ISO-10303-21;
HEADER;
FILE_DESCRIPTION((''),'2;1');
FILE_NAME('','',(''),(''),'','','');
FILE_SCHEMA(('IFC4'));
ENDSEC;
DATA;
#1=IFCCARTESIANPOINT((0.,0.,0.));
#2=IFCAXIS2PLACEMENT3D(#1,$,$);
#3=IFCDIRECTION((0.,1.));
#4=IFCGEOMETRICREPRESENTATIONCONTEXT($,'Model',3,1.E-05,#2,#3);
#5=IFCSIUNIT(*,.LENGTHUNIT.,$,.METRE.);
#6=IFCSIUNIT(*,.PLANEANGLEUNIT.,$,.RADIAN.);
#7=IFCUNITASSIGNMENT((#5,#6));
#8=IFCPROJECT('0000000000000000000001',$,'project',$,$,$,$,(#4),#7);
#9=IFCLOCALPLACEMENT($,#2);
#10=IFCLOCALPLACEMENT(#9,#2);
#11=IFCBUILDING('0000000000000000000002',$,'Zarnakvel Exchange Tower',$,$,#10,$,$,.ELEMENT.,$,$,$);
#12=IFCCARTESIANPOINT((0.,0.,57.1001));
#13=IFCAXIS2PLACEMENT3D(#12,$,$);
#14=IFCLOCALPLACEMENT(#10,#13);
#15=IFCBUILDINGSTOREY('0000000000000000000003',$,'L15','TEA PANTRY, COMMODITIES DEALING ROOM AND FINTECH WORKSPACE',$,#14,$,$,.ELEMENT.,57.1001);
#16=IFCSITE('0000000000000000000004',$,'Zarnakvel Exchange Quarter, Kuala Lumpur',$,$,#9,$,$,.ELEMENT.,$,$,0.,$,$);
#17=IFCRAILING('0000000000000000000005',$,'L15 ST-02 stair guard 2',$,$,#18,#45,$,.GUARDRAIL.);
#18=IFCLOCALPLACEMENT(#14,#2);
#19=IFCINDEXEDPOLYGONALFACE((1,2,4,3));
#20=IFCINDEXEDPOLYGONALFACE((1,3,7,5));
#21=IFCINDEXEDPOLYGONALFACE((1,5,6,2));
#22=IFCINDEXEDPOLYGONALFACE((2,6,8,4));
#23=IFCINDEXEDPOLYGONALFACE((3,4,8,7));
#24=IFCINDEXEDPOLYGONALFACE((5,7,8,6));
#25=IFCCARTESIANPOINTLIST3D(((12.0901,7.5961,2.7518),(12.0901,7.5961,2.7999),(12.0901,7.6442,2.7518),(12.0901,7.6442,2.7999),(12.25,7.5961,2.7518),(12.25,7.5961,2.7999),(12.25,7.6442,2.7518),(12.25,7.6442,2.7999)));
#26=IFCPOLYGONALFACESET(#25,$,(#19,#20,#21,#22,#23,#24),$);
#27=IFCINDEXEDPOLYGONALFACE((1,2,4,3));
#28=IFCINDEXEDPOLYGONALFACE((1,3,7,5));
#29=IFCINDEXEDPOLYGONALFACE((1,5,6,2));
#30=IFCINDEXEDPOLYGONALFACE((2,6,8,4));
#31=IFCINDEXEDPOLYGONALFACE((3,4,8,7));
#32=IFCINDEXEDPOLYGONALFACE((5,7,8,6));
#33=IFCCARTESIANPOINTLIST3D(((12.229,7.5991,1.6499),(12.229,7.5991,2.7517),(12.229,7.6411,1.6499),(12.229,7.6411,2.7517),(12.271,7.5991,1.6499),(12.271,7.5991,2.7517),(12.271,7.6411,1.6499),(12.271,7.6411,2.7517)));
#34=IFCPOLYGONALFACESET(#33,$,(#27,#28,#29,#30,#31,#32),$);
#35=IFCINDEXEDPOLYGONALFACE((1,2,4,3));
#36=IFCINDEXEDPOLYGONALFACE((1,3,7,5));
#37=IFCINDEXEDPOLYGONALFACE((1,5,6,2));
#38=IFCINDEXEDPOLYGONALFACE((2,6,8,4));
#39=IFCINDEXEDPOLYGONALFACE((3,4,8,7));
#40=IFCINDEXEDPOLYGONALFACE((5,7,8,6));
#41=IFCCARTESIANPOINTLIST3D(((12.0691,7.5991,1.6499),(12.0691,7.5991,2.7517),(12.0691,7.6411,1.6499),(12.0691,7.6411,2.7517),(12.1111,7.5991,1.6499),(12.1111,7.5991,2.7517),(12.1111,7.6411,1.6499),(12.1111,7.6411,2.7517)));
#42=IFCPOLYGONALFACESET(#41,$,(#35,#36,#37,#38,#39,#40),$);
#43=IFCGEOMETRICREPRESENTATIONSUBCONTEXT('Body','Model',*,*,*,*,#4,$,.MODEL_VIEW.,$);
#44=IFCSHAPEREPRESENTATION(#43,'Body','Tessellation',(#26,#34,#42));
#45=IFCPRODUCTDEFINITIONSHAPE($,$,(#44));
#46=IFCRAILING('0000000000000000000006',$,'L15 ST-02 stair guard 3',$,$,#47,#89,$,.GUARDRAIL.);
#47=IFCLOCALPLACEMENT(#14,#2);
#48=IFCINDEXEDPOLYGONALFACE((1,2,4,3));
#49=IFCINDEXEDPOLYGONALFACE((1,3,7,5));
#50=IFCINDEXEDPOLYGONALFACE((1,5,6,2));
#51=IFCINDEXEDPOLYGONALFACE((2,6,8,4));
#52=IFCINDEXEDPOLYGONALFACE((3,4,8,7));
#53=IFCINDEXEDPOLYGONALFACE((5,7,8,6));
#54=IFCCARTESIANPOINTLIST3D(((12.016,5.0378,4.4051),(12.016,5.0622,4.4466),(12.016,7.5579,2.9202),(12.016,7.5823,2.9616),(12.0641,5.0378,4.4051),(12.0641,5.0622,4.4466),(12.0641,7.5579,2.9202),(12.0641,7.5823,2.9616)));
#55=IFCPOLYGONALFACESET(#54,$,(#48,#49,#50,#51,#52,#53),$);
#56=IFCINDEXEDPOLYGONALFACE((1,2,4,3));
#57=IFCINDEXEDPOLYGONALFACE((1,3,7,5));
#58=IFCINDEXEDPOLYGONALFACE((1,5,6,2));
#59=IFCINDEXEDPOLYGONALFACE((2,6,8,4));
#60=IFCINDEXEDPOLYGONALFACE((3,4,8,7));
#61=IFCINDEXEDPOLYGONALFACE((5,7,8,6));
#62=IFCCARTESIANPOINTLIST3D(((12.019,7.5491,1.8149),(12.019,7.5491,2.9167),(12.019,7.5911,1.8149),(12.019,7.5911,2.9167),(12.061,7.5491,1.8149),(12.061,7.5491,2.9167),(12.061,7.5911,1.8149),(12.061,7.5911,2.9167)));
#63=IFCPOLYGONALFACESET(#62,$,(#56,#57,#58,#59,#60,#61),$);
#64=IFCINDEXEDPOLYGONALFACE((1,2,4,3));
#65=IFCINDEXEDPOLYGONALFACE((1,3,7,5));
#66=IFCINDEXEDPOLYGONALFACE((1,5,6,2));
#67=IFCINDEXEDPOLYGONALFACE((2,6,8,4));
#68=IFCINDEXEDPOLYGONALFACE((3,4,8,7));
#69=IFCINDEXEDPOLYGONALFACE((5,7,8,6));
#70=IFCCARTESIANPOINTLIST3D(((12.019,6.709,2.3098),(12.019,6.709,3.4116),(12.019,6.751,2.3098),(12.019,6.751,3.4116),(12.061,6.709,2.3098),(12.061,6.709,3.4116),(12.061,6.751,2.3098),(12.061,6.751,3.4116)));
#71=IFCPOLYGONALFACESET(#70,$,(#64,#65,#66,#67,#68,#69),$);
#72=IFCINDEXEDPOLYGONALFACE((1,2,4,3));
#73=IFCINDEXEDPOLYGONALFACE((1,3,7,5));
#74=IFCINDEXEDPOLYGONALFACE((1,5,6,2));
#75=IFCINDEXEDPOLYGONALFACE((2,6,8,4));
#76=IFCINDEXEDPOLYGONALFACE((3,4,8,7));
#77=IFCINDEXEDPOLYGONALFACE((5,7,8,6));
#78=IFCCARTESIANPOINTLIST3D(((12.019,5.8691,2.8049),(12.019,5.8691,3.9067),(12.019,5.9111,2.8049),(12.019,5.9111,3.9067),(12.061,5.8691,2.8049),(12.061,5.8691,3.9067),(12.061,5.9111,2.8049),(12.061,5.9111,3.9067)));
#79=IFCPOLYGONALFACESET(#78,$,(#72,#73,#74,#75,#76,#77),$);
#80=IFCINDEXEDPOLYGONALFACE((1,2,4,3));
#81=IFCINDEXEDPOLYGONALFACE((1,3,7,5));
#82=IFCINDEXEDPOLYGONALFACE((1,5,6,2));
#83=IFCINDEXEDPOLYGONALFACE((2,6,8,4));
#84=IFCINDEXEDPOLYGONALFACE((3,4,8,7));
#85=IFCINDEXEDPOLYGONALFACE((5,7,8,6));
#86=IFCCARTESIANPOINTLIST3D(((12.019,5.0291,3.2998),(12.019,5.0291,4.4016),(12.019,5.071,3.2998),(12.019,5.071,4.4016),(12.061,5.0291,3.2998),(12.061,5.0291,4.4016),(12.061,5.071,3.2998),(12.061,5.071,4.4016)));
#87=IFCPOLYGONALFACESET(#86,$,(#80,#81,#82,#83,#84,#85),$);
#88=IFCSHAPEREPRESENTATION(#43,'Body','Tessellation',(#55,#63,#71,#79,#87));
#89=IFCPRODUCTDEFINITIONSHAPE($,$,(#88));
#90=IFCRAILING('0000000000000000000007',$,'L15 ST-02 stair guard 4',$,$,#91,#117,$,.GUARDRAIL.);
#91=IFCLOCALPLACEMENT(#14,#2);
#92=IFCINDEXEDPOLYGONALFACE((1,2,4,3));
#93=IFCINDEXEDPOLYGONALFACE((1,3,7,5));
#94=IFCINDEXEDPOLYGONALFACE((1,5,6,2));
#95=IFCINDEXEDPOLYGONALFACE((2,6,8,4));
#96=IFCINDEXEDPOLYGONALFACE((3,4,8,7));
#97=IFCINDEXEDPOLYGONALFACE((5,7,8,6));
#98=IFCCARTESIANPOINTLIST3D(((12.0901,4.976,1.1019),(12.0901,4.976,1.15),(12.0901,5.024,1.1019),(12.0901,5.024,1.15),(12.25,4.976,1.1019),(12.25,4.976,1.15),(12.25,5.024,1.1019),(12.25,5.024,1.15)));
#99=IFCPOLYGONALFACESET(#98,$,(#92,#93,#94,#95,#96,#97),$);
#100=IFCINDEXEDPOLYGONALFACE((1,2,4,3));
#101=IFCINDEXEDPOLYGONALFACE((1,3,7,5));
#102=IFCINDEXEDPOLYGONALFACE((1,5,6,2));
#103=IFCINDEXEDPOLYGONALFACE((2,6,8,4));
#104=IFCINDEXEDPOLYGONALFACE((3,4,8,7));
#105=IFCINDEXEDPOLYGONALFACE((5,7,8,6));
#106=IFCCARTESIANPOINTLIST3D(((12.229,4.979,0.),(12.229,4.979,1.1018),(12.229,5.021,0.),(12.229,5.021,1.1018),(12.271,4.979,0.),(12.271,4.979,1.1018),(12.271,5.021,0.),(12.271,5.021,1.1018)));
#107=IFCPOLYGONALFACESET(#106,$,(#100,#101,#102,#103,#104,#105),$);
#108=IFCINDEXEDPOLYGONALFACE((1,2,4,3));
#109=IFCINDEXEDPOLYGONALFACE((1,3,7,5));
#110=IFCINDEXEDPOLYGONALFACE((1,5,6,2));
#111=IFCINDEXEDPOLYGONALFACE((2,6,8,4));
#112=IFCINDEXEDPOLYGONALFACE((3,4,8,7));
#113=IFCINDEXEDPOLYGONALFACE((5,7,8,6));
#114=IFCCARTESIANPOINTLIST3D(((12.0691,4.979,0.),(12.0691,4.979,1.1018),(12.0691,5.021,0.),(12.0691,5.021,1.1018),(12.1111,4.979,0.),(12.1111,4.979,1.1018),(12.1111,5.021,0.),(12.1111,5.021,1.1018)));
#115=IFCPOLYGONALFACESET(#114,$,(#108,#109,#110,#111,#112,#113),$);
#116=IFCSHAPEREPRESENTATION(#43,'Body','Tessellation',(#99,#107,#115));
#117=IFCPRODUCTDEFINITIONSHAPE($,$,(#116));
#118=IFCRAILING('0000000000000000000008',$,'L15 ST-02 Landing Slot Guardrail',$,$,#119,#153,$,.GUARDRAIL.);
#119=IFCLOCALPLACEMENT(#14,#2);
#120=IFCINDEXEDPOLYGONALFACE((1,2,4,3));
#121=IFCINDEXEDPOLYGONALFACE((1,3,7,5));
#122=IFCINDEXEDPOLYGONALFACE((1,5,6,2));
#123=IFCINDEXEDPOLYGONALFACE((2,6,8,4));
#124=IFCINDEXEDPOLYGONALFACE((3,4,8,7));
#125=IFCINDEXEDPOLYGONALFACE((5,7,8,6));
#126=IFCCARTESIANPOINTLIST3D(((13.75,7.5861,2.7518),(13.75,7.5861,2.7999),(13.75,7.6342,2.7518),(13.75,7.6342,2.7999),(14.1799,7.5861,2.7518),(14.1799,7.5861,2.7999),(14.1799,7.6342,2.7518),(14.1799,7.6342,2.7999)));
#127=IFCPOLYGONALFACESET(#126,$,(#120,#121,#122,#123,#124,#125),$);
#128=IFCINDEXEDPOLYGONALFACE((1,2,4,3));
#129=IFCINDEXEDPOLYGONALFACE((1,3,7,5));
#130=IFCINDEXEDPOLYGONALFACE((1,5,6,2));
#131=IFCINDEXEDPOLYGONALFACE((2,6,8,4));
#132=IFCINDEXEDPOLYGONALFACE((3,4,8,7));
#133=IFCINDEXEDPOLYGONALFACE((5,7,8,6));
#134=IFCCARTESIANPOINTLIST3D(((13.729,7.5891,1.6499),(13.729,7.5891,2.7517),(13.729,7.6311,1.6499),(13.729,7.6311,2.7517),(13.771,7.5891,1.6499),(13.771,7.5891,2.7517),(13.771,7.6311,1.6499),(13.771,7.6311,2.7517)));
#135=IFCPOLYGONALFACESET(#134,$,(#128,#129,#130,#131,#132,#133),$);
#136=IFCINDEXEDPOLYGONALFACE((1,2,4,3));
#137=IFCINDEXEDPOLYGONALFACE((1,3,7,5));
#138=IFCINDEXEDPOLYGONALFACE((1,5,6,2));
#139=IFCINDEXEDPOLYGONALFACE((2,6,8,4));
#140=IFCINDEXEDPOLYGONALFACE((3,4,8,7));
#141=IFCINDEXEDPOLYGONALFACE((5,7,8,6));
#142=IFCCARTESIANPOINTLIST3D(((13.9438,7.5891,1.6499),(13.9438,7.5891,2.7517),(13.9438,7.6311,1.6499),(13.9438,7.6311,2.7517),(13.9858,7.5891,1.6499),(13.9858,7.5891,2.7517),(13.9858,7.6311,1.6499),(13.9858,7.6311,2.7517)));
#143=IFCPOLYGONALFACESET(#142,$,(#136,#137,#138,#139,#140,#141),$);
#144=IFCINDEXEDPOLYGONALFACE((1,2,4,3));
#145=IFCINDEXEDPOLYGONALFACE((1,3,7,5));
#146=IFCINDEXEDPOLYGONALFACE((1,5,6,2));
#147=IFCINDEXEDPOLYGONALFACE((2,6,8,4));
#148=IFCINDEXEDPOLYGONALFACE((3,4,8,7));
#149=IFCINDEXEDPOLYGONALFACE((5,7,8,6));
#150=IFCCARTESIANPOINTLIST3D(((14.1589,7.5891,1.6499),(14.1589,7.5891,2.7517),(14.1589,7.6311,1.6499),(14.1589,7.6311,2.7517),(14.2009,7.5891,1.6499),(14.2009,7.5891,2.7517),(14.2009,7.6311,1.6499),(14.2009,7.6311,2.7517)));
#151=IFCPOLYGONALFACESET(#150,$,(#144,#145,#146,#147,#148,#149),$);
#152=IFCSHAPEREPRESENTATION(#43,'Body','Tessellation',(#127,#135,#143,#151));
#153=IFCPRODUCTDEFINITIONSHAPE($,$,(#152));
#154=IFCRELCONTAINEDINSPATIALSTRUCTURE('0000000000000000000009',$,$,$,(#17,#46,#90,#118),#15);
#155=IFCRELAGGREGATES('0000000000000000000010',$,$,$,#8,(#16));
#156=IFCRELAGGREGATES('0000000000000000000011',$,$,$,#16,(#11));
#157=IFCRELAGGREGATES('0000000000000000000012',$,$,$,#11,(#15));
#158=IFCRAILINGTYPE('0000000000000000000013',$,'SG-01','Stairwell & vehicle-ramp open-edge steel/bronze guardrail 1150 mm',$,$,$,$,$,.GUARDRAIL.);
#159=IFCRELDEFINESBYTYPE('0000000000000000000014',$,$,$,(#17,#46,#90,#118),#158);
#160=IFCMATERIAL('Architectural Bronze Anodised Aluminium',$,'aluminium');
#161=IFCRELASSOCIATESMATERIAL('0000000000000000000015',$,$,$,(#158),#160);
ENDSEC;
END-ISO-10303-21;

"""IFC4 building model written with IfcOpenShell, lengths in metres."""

from ifc_helpers import new_model, si_unit, direction, frame, origin, origin_2d, place, context, subcontext, project, spatial, rectangle, extrude, material, type_object, element, save


model = new_model("IFC4")

# Units and contexts
model_context = context("Model", 3, precision=1e-05, world=origin(), true_north=direction((0.0, 1.0)))
body_context = subcontext(model_context, "Body", "Model", "MODEL_VIEW")
ifc_project = project(units=[si_unit("LENGTHUNIT", "METRE"), si_unit("PLANEANGLEUNIT", "RADIAN")], contexts=[model_context])

# Site, building, storey
site_placement = place(None, origin())
site = spatial("IfcSite", under=ifc_project, at=site_placement, Name="Zarnakvel Exchange Quarter, Kuala Lumpur", CompositionType="ELEMENT", RefElevation=0.0)
building_placement = place(site_placement, origin())
building = spatial("IfcBuilding", under=site, at=building_placement, Name="Zarnakvel Exchange Tower", CompositionType="ELEMENT")
storey_placement = place(building_placement, frame((0.0, 0.0, 57.1001)))
storey = spatial("IfcBuildingStorey", under=building, at=storey_placement, Name="L15", Description="TEA PANTRY, COMMODITIES DEALING ROOM AND FINTECH WORKSPACE", CompositionType="ELEMENT", Elevation=57.1001)

# Shared definitions
ifc_material_1 = material(Name="Architectural Bronze Anodised Aluminium", Category="aluminium")

# Railings
railing_type_1 = type_object("IfcRailingType", Name="SG-01", Description="Stairwell & vehicle-ramp open-edge steel/bronze guardrail 1150 mm", PredefinedType="GUARDRAIL", material=ifc_material_1)
railing_1_placement = place(storey_placement, frame((12.25, 7.6201, 1.6499)))
element("IfcRailing", 1, at=railing_1_placement, inside=storey, type_object=railing_type_1, Name="L15 ST-02 stair guard 2", PredefinedType="GUARDRAIL", context=body_context, shape_type="SweptSolid", body=[
    extrude(rectangle(XDim=0.0481, YDim=0.0481, at=origin_2d()), frame((0.0, 0.0, 1.126), z_axis=(-1.0, 0.0, 0.0), x_axis=(0.0, -1.0, 0.0)), (0.0, 0.0, 1.0), 0.1599),
    extrude(rectangle(XDim=0.042, YDim=0.042, at=origin_2d()), origin(), (0.0, 0.0, 1.0), 1.1018),
    extrude(rectangle(XDim=0.042, YDim=0.042, at=origin_2d()), frame((-0.1599, 0.0, 0.0)), (0.0, 0.0, 1.0), 1.1018),
])
railing_2_placement = place(storey_placement, frame((12.04, 7.5701, 1.8149)))
element("IfcRailing", 2, at=railing_2_placement, inside=storey, type_object=railing_type_1, Name="L15 ST-02 stair guard 3", PredefinedType="GUARDRAIL", context=body_context, shape_type="SweptSolid", body=[
    extrude(rectangle(XDim=0.0481, YDim=0.0481, at=origin_2d()), frame((0.0, 0.0, 1.126), z_axis=(0.0, -0.861561, 0.507655), x_axis=(1.0, 0.0, 0.0)), (0.0, 0.0, 1.0), 2.925),
    extrude(rectangle(XDim=0.042, YDim=0.042, at=origin_2d()), origin(), (0.0, 0.0, 1.0), 1.1018),
    extrude(rectangle(XDim=0.042, YDim=0.042, at=origin_2d()), frame((0.0, -0.8401, 0.4949)), (0.0, 0.0, 1.0), 1.1018),
    extrude(rectangle(XDim=0.042, YDim=0.042, at=origin_2d()), frame((0.0, -1.6799, 0.99)), (0.0, 0.0, 1.0), 1.1018),
    extrude(rectangle(XDim=0.042, YDim=0.042, at=origin_2d()), frame((0.0, -2.52, 1.4849)), (0.0, 0.0, 1.0), 1.1018),
])
railing_3_placement = place(storey_placement, frame((12.25, 5.0, 0.0)))
element("IfcRailing", 3, at=railing_3_placement, inside=storey, type_object=railing_type_1, Name="L15 ST-02 stair guard 4", PredefinedType="GUARDRAIL", context=body_context, shape_type="SweptSolid", body=[
    extrude(rectangle(XDim=0.0481, YDim=0.0481, at=origin_2d()), frame((0.0, 0.0, 1.126), z_axis=(-1.0, 0.0, 0.0), x_axis=(0.0, -1.0, 0.0)), (0.0, 0.0, 1.0), 0.1599),
    extrude(rectangle(XDim=0.042, YDim=0.042, at=origin_2d()), origin(), (0.0, 0.0, 1.0), 1.1018),
    extrude(rectangle(XDim=0.042, YDim=0.042, at=origin_2d()), frame((-0.1599, 0.0, 0.0)), (0.0, 0.0, 1.0), 1.1018),
])
railing_4_placement = place(storey_placement, frame((13.75, 7.6101, 1.6499)))
element("IfcRailing", 4, at=railing_4_placement, inside=storey, type_object=railing_type_1, Name="L15 ST-02 Landing Slot Guardrail", PredefinedType="GUARDRAIL", context=body_context, shape_type="SweptSolid", body=[
    extrude(rectangle(XDim=0.0481, YDim=0.0481, at=origin_2d()), frame((0.0, 0.0, 1.126), z_axis=(1.0, 0.0, 0.0), x_axis=(0.0, 1.0, 0.0)), (0.0, 0.0, 1.0), 0.4299),
    extrude(rectangle(XDim=0.042, YDim=0.042, at=origin_2d()), origin(), (0.0, 0.0, 1.0), 1.1018),
    extrude(rectangle(XDim=0.042, YDim=0.042, at=origin_2d()), frame((0.2148, 0.0, 0.0)), (0.0, 0.0, 1.0), 1.1018),
    extrude(rectangle(XDim=0.042, YDim=0.042, at=origin_2d()), frame((0.4299, 0.0, 0.0)), (0.0, 0.0, 1.0), 1.1018),
])

save(model, "model.ifc")
